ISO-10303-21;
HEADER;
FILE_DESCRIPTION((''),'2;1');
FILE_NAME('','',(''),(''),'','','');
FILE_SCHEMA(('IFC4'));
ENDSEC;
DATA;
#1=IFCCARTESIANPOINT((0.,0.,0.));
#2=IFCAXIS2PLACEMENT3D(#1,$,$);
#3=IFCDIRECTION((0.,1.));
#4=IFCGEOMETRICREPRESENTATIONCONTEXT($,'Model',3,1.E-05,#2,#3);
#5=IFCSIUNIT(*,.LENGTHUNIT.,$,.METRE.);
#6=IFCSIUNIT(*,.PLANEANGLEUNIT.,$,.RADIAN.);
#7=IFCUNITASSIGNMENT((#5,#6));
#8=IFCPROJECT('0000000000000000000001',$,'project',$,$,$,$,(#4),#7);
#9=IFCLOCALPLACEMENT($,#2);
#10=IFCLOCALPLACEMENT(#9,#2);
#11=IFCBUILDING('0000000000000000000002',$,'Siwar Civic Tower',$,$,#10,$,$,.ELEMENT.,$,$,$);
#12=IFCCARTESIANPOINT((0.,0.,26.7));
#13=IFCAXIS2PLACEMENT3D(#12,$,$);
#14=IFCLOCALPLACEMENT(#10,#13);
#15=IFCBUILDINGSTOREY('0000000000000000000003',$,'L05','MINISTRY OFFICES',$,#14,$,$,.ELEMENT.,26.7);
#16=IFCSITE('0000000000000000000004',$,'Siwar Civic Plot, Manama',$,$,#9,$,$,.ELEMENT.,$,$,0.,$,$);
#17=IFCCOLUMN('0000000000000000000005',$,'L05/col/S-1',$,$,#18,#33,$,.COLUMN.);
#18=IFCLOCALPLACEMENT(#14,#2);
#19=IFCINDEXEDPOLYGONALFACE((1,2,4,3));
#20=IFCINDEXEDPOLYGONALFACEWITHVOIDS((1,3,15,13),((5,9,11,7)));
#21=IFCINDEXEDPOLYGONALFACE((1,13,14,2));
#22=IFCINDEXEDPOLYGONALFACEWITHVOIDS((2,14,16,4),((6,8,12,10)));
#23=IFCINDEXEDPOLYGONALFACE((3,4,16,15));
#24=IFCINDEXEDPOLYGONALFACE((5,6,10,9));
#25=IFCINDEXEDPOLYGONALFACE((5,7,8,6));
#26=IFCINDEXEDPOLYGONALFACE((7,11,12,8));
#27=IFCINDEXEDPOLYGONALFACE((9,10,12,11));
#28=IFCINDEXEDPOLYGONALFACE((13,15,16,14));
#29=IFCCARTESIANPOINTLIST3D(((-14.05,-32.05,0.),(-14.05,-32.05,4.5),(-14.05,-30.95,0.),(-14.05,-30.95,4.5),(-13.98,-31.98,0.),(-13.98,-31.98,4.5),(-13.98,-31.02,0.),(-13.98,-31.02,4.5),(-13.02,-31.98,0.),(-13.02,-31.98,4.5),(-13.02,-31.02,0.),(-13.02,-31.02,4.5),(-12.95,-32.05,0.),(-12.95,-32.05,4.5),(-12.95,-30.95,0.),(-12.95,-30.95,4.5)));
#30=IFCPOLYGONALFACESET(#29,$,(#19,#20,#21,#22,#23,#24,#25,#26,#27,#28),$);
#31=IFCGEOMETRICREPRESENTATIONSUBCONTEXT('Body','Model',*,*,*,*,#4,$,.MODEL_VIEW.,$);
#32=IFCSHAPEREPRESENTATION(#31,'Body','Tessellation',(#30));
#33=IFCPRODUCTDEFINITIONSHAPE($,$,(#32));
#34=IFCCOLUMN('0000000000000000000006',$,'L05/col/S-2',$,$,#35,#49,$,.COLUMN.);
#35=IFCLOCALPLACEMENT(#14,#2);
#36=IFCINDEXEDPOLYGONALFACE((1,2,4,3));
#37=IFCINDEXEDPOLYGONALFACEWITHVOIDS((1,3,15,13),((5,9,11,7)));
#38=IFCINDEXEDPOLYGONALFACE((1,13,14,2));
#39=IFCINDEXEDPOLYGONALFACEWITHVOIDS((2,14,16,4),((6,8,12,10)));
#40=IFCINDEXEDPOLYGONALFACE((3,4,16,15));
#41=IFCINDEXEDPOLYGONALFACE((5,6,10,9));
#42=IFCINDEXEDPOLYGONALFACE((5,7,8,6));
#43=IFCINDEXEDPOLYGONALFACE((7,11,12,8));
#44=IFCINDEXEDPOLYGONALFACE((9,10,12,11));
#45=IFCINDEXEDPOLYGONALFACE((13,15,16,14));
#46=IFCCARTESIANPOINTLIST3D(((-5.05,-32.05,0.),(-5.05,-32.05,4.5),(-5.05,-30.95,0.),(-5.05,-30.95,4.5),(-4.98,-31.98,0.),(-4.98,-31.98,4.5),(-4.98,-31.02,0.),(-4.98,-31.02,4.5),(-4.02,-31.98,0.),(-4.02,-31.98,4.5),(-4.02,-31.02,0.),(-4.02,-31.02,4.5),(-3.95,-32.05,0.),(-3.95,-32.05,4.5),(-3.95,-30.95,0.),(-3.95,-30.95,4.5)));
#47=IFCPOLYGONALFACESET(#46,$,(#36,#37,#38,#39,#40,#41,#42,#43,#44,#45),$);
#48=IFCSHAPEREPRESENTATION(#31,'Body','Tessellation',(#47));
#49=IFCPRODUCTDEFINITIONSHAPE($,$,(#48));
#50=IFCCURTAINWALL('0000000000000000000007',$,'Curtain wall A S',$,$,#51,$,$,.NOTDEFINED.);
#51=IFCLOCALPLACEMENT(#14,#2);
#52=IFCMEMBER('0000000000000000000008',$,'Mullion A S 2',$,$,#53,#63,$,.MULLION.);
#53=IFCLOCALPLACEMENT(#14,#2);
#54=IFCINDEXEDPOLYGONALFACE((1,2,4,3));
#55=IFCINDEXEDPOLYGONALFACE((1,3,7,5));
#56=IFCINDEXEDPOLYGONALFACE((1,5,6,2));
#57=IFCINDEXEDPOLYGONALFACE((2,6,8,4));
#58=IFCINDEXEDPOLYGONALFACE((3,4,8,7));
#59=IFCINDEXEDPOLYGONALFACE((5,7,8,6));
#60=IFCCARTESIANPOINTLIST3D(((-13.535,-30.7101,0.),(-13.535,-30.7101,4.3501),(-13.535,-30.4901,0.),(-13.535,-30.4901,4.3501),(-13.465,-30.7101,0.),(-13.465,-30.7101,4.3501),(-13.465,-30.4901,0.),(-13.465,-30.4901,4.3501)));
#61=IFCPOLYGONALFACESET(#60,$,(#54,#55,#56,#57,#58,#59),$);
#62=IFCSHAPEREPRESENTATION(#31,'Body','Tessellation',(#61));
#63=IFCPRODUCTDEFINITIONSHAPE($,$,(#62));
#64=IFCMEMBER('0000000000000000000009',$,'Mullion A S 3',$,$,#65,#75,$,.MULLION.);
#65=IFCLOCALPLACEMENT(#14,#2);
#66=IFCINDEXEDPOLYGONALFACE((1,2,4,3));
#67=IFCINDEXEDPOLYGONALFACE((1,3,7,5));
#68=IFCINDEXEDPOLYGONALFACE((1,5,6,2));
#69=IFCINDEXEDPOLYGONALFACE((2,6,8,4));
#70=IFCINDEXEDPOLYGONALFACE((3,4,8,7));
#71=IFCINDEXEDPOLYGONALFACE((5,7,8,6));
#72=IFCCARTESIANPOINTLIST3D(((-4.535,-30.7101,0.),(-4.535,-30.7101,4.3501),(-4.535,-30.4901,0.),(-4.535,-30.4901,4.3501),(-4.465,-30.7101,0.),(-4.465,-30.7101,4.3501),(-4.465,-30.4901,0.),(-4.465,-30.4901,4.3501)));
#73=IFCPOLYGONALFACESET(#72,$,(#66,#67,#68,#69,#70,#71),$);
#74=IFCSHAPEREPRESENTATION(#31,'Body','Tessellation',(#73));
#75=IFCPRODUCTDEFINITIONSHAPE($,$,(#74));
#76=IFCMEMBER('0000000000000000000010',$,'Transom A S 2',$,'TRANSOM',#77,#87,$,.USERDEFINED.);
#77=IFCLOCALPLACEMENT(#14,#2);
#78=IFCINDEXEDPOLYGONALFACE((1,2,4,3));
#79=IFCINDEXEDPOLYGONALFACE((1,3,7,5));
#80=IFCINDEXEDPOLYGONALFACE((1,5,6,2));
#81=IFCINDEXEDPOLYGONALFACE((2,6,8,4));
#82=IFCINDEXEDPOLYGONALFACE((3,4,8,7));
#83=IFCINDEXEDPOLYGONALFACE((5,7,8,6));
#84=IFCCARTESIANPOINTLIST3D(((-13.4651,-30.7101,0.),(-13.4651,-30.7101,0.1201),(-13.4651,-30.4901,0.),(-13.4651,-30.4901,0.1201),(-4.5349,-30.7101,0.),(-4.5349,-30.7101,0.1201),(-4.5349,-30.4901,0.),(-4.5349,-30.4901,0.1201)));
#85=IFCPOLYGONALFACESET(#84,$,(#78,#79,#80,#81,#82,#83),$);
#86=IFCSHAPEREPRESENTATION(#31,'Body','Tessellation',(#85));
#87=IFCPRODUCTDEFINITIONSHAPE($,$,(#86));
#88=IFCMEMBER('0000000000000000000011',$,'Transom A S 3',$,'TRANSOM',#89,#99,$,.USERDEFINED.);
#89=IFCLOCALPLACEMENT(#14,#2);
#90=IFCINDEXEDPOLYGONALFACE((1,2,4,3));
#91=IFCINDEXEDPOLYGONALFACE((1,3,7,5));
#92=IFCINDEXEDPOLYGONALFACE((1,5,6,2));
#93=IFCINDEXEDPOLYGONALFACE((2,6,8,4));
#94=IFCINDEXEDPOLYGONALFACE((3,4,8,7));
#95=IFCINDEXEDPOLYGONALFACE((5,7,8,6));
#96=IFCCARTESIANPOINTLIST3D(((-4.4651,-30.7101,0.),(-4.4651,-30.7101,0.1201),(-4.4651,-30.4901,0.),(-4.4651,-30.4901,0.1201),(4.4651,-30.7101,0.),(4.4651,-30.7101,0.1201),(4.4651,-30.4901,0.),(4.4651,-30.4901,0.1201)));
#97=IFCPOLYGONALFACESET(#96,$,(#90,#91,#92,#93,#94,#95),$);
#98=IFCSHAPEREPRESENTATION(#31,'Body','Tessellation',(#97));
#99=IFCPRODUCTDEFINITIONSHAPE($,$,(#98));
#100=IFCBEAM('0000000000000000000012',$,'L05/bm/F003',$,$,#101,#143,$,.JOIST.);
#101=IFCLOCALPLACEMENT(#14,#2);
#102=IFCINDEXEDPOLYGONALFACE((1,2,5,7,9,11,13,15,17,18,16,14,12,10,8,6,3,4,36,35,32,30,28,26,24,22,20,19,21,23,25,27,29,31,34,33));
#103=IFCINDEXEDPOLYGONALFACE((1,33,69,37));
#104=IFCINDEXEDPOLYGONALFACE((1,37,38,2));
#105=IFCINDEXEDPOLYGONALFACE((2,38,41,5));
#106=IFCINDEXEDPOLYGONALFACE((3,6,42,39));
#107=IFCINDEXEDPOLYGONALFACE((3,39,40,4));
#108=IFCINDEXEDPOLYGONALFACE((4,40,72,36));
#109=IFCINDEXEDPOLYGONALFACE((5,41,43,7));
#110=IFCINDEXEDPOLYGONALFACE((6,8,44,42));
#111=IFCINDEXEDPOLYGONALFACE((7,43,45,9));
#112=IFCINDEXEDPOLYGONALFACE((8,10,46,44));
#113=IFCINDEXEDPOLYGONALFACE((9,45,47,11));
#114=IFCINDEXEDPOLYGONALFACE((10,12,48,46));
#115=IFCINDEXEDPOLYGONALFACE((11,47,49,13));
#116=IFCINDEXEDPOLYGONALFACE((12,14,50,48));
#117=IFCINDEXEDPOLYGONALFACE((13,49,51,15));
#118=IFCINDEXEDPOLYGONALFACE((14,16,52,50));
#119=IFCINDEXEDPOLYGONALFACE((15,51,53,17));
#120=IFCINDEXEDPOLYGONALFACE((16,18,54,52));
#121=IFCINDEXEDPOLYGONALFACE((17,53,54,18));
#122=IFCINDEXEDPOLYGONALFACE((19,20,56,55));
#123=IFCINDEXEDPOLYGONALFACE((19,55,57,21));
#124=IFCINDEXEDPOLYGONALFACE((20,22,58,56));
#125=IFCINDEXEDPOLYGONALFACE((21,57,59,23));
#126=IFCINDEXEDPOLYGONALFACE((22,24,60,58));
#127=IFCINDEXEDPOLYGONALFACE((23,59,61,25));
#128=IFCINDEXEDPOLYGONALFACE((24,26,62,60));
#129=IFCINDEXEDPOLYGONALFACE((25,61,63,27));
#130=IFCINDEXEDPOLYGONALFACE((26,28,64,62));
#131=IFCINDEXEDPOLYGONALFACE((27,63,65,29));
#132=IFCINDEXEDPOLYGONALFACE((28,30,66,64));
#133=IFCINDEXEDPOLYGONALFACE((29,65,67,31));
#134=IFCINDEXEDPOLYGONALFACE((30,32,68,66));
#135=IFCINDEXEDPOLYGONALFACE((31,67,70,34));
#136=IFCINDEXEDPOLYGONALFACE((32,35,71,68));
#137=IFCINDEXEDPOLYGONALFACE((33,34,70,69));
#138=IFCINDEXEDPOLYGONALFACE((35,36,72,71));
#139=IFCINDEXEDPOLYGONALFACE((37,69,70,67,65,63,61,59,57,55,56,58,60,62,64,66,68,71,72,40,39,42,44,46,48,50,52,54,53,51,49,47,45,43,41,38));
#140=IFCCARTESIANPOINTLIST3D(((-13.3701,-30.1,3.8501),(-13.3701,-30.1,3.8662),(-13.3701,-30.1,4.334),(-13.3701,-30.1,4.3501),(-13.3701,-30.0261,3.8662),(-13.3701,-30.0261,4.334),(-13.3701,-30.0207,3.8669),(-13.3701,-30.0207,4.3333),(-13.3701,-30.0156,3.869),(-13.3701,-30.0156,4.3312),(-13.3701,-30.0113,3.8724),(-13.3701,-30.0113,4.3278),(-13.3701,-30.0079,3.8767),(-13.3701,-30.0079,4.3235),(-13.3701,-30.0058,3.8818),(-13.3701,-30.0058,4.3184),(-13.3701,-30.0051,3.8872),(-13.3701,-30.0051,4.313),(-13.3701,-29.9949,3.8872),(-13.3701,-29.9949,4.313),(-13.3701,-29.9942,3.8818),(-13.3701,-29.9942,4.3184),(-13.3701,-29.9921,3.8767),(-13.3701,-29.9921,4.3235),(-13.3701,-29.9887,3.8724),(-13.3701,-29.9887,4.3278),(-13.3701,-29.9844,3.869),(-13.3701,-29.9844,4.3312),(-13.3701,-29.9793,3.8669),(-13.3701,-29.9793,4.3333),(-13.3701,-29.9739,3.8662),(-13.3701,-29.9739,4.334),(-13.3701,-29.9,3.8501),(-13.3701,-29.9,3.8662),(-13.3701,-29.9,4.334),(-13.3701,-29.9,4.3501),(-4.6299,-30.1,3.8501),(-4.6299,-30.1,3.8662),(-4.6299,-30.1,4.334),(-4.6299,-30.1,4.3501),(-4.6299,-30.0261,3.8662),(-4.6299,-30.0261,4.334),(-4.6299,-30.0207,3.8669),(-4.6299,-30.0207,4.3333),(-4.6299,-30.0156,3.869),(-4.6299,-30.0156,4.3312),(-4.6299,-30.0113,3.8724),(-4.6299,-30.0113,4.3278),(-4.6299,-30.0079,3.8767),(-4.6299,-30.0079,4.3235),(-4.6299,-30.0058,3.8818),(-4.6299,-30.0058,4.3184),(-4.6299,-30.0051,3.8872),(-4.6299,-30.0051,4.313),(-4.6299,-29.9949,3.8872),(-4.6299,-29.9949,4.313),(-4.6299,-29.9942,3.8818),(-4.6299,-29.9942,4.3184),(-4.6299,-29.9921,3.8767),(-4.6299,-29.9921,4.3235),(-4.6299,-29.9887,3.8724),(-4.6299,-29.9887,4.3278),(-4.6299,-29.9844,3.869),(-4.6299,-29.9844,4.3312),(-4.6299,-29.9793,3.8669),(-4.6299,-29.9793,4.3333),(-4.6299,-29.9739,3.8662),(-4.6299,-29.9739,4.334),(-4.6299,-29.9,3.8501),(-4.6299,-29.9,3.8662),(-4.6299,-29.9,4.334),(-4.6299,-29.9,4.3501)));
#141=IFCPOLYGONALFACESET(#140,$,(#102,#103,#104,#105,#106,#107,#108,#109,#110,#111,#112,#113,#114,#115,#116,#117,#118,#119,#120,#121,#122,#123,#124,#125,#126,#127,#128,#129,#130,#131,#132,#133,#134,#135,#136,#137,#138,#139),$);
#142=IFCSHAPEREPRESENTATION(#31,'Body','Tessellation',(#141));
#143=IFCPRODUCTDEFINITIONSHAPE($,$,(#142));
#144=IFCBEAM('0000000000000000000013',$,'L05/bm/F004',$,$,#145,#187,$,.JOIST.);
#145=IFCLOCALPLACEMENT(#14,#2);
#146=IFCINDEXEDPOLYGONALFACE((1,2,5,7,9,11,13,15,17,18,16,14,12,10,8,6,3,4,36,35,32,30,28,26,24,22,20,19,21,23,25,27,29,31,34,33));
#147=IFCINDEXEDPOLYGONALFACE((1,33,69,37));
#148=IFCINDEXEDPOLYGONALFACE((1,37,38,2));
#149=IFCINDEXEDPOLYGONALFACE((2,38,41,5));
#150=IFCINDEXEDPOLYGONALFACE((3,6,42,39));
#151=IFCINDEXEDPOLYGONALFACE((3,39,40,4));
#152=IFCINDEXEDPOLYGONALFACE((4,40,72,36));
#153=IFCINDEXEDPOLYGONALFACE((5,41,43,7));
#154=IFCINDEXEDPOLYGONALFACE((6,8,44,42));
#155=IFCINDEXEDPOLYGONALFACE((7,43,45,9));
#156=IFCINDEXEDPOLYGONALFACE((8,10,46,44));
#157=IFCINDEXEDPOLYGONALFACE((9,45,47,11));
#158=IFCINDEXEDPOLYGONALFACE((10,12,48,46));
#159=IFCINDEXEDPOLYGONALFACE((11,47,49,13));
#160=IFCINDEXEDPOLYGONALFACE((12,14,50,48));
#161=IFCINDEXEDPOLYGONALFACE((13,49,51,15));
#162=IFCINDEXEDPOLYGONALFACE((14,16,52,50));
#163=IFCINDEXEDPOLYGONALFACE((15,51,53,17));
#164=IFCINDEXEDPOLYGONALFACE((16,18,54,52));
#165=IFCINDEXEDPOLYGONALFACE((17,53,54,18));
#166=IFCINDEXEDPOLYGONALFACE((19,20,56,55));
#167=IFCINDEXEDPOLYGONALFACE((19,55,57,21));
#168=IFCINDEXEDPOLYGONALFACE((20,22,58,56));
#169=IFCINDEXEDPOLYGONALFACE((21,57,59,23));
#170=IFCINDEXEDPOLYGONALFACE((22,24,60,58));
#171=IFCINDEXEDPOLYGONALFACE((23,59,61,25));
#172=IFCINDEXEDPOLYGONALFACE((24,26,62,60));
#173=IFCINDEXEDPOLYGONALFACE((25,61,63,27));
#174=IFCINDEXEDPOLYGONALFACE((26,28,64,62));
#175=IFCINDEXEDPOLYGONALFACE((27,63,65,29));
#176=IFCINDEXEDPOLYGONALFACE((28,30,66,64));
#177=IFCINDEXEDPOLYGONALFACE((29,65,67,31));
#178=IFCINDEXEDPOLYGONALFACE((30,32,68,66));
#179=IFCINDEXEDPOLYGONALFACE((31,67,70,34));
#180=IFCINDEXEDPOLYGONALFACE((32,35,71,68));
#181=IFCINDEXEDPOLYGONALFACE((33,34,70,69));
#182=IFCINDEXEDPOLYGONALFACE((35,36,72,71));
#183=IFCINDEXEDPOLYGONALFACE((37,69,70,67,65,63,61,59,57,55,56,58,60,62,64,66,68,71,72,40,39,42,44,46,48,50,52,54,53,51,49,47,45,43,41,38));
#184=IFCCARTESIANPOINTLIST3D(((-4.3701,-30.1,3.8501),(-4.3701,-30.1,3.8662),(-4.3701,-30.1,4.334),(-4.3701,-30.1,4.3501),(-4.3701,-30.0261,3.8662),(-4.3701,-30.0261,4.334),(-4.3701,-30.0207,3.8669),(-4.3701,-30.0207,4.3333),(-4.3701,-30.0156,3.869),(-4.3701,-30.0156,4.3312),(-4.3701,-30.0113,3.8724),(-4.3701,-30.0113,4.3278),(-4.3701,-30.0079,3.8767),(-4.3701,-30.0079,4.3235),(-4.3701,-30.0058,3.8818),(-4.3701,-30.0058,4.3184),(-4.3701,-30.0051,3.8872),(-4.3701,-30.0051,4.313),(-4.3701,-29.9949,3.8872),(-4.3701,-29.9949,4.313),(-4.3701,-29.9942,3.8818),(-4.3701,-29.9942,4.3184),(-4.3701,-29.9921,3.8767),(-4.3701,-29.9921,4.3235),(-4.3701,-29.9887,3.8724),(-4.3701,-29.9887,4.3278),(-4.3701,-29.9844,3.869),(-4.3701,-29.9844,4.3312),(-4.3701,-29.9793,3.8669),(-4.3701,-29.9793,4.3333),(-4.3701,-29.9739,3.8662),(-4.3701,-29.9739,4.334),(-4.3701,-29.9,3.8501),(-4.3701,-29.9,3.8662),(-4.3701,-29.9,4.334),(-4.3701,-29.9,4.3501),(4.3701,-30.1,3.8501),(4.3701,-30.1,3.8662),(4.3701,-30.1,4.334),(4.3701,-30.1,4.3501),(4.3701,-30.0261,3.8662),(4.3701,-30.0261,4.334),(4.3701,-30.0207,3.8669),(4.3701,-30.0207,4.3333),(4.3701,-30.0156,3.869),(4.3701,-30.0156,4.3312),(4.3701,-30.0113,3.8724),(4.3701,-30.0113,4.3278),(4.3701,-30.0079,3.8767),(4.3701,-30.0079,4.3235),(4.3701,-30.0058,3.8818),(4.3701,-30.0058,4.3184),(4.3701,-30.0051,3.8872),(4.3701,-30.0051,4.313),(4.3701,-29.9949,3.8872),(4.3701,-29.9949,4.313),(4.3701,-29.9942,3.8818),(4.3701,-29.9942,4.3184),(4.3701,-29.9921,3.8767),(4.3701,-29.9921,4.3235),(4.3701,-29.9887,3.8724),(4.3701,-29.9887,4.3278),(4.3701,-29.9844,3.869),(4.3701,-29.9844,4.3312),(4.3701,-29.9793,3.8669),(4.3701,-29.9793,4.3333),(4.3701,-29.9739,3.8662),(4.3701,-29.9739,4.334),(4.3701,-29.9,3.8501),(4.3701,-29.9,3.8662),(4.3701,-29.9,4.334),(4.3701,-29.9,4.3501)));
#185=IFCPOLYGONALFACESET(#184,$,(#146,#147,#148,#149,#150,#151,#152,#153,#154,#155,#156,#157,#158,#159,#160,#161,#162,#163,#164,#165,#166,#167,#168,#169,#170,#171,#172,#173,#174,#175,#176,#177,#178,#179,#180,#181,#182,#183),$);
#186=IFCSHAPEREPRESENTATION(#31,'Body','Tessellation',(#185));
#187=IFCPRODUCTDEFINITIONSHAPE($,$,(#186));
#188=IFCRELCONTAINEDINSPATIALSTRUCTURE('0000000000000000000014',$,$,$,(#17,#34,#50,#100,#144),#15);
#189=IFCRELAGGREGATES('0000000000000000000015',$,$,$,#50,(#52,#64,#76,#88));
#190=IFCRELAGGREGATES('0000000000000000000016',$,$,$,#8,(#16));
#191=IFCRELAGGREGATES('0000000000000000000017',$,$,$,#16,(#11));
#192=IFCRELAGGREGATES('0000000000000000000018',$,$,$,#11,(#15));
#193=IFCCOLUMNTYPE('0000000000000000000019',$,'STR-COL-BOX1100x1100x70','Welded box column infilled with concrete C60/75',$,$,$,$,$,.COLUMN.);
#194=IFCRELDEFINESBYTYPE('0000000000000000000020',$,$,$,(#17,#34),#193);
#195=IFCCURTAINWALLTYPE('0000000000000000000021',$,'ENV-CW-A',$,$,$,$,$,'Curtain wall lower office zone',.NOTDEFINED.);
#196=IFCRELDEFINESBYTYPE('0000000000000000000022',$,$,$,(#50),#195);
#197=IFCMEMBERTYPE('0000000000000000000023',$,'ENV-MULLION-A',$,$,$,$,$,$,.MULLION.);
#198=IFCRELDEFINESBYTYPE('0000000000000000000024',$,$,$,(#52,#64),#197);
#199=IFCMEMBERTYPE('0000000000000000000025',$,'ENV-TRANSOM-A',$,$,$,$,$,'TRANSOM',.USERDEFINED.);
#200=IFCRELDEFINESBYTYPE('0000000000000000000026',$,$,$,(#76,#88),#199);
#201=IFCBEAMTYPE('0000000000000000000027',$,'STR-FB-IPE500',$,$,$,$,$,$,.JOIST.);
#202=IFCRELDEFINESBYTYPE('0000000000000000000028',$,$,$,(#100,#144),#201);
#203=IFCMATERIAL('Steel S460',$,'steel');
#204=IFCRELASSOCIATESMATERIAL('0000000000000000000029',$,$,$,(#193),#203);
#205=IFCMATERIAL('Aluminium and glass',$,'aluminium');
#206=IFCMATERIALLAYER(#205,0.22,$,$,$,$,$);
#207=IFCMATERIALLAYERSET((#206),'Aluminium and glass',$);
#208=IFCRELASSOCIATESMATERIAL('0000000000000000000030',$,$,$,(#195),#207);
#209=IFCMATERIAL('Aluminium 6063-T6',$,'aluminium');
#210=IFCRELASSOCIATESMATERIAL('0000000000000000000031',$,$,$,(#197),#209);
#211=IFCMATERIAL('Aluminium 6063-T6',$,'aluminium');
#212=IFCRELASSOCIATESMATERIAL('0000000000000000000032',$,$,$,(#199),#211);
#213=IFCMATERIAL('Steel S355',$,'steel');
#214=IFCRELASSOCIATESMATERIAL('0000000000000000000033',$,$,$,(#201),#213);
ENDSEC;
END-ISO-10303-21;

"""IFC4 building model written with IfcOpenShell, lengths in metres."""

from ifc_helpers import new_model, si_unit, direction, frame, origin, origin_2d, place, context, subcontext, project, spatial, rectangle, hollow_rectangle, i_section, extrude, material, layer, layer_set, material_profile, profile_set, type_object, element, aggregate, save


model = new_model("IFC4")

# Units and contexts
model_context = context("Model", 3, precision=1e-05, world=origin(), true_north=direction((0.0, 1.0)))
body_context = subcontext(model_context, "Body", "Model", "MODEL_VIEW")
ifc_project = project(units=[si_unit("LENGTHUNIT", "METRE"), si_unit("PLANEANGLEUNIT", "RADIAN")], contexts=[model_context])

# Site, building, storey
site_placement = place(None, origin())
site = spatial("IfcSite", under=ifc_project, at=site_placement, Name="Siwar Civic Plot, Manama", CompositionType="ELEMENT", RefElevation=0.0)
building_placement = place(site_placement, origin())
building = spatial("IfcBuilding", under=site, at=building_placement, Name="Siwar Civic Tower", CompositionType="ELEMENT")
storey_placement = place(building_placement, frame((0.0, 0.0, 26.7)))
storey = spatial("IfcBuildingStorey", under=building, at=storey_placement, Name="L05", Description="MINISTRY OFFICES", CompositionType="ELEMENT", Elevation=26.7)

# Columns
ifc_material_1 = material(Name="Steel S460", Category="steel")
ifc_material_profile_1 = material_profile(ifc_material_1, hollow_rectangle(XDim=1.1001, YDim=1.1001, WallThickness=0.0701, at=origin_2d()), Name="BOX1100x1100x70")
ifc_profile_set_1 = profile_set([ifc_material_profile_1], Name="Steel S460")
column_type = type_object("IfcColumnType", Name="STR-COL-BOX1100x1100x70", Description="Welded box column infilled with concrete C60/75", PredefinedType="COLUMN", material=ifc_profile_set_1)
for number, where, z_axis, x_axis, name in (
    (1, (-13.5, -31.5, 0.0), (0.0, 0.0, 1.0), (1.0, 0.0, 0.0), "L05/col/S-1"),
    (2, (-4.5, -31.5, 0.0), (0.0, 0.0, 1.0), (1.0, 0.0, 0.0), "L05/col/S-2"),
):
    element("IfcColumn", number, at=place(storey_placement, frame(where, z_axis=z_axis, x_axis=x_axis)), inside=storey, type_object=column_type, Name=name, PredefinedType="COLUMN", context=body_context, shape_type="SweptSolid", body=[
        extrude(hollow_rectangle(XDim=1.1001, YDim=1.1001, WallThickness=0.0701, at=origin_2d()), origin(), (0.0, 0.0, 1.0), 4.5),
    ])

# Curtain wall, members
ifc_material_2 = material(Name="Aluminium and glass", Category="aluminium")
ifc_layer_1 = layer(ifc_material_2, 0.22)
ifc_layer_set_1 = layer_set([ifc_layer_1], Name="Aluminium and glass")
curtain_wall_type = type_object("IfcCurtainWallType", Name="ENV-CW-A", ElementType="Curtain wall lower office zone", PredefinedType="NOTDEFINED", material=ifc_layer_set_1)
curtain_wall_placement = place(storey_placement, origin())
curtain_wall = element("IfcCurtainWall", 3, at=curtain_wall_placement, inside=storey, type_object=curtain_wall_type, Name="Curtain wall A S", PredefinedType="NOTDEFINED")
ifc_material_3 = material(Name="Aluminium 6063-T6", Category="aluminium")
ifc_material_profile_2 = material_profile(ifc_material_3, rectangle(XDim=0.22, YDim=0.0701, at=origin_2d()), Name="AL 220x70")
ifc_profile_set_2 = profile_set([ifc_material_profile_2], Name="Aluminium 6063-T6")
member_type_1 = type_object("IfcMemberType", Name="ENV-MULLION-A", PredefinedType="MULLION", material=ifc_profile_set_2)
member_1_placement = place(storey_placement, frame((-13.5, -30.6001, 0.0), z_axis=(0.0, 0.0, 1.0), x_axis=(0.0, 1.0, 0.0)))
member_1 = element("IfcMember", 4, at=member_1_placement, type_object=member_type_1, Name="Mullion A S 2", PredefinedType="MULLION", context=body_context, shape_type="SweptSolid", body=[
    extrude(rectangle(XDim=0.22, YDim=0.0701, at=origin_2d()), origin(), (0.0, 0.0, 1.0), 4.3501),
])
member_2_placement = place(storey_placement, frame((-4.5, -30.6001, 0.0), z_axis=(0.0, 0.0, 1.0), x_axis=(0.0, 1.0, 0.0)))
member_2 = element("IfcMember", 5, at=member_2_placement, type_object=member_type_1, Name="Mullion A S 3", PredefinedType="MULLION", context=body_context, shape_type="SweptSolid", body=[
    extrude(rectangle(XDim=0.22, YDim=0.0701, at=origin_2d()), origin(), (0.0, 0.0, 1.0), 4.3501),
])
ifc_material_4 = material(Name="Aluminium 6063-T6", Category="aluminium")
ifc_material_profile_3 = material_profile(ifc_material_4, rectangle(XDim=0.22, YDim=0.1201, at=origin_2d()), Name="AL 220x120")
ifc_profile_set_3 = profile_set([ifc_material_profile_3], Name="Aluminium 6063-T6")
member_type_2 = type_object("IfcMemberType", Name="ENV-TRANSOM-A", ElementType="TRANSOM", PredefinedType="USERDEFINED", material=ifc_profile_set_3)
member_3_placement = place(storey_placement, frame((-13.4651, -30.6001, 0.0601), z_axis=(1.0, 0.0, 0.0), x_axis=(0.0, 1.0, 0.0)))
member_3 = element("IfcMember", 6, at=member_3_placement, type_object=member_type_2, Name="Transom A S 2", ObjectType="TRANSOM", PredefinedType="USERDEFINED", context=body_context, shape_type="SweptSolid", body=[
    extrude(rectangle(XDim=0.22, YDim=0.1201, at=origin_2d()), origin(), (0.0, 0.0, 1.0), 8.9302),
])
member_4_placement = place(storey_placement, frame((-4.4651, -30.6001, 0.0601), z_axis=(1.0, 0.0, 0.0), x_axis=(0.0, 1.0, 0.0)))
member_4 = element("IfcMember", 7, at=member_4_placement, type_object=member_type_2, Name="Transom A S 3", ObjectType="TRANSOM", PredefinedType="USERDEFINED", context=body_context, shape_type="SweptSolid", body=[
    extrude(rectangle(XDim=0.22, YDim=0.1201, at=origin_2d()), origin(), (0.0, 0.0, 1.0), 8.9302),
])

# Beams
ifc_material_5 = material(Name="Steel S355", Category="steel")
ifc_material_profile_4 = material_profile(ifc_material_5, i_section(OverallWidth=0.2, OverallDepth=0.5, WebThickness=0.0103, FlangeThickness=0.0161, FilletRadius=0.021, at=origin_2d()), Name="IPE500")
ifc_profile_set_4 = profile_set([ifc_material_profile_4], Name="Steel S355")
beam_type_1 = type_object("IfcBeamType", Name="STR-FB-IPE500", PredefinedType="JOIST", material=ifc_profile_set_4)
for number, where, z_axis, x_axis, name in (
    (8, (-13.3701, -30.0, 4.1001), (1.0, 0.0, 0.0), (0.0, 1.0, 0.0), "L05/bm/F003"),
    (9, (-4.3701, -30.0, 4.1001), (1.0, 0.0, 0.0), (0.0, 1.0, 0.0), "L05/bm/F004"),
):
    element("IfcBeam", number, at=place(storey_placement, frame(where, z_axis=z_axis, x_axis=x_axis)), inside=storey, type_object=beam_type_1, Name=name, PredefinedType="JOIST", context=body_context, shape_type="SweptSolid", body=[
        extrude(i_section(OverallWidth=0.2, OverallDepth=0.5, WebThickness=0.0103, FlangeThickness=0.0161, FilletRadius=0.021, at=origin_2d()), origin(), (0.0, 0.0, 1.0), 8.7402),
    ])

aggregate(curtain_wall, [member_1, member_2, member_3, member_4])

save(model, "model.ifc")
